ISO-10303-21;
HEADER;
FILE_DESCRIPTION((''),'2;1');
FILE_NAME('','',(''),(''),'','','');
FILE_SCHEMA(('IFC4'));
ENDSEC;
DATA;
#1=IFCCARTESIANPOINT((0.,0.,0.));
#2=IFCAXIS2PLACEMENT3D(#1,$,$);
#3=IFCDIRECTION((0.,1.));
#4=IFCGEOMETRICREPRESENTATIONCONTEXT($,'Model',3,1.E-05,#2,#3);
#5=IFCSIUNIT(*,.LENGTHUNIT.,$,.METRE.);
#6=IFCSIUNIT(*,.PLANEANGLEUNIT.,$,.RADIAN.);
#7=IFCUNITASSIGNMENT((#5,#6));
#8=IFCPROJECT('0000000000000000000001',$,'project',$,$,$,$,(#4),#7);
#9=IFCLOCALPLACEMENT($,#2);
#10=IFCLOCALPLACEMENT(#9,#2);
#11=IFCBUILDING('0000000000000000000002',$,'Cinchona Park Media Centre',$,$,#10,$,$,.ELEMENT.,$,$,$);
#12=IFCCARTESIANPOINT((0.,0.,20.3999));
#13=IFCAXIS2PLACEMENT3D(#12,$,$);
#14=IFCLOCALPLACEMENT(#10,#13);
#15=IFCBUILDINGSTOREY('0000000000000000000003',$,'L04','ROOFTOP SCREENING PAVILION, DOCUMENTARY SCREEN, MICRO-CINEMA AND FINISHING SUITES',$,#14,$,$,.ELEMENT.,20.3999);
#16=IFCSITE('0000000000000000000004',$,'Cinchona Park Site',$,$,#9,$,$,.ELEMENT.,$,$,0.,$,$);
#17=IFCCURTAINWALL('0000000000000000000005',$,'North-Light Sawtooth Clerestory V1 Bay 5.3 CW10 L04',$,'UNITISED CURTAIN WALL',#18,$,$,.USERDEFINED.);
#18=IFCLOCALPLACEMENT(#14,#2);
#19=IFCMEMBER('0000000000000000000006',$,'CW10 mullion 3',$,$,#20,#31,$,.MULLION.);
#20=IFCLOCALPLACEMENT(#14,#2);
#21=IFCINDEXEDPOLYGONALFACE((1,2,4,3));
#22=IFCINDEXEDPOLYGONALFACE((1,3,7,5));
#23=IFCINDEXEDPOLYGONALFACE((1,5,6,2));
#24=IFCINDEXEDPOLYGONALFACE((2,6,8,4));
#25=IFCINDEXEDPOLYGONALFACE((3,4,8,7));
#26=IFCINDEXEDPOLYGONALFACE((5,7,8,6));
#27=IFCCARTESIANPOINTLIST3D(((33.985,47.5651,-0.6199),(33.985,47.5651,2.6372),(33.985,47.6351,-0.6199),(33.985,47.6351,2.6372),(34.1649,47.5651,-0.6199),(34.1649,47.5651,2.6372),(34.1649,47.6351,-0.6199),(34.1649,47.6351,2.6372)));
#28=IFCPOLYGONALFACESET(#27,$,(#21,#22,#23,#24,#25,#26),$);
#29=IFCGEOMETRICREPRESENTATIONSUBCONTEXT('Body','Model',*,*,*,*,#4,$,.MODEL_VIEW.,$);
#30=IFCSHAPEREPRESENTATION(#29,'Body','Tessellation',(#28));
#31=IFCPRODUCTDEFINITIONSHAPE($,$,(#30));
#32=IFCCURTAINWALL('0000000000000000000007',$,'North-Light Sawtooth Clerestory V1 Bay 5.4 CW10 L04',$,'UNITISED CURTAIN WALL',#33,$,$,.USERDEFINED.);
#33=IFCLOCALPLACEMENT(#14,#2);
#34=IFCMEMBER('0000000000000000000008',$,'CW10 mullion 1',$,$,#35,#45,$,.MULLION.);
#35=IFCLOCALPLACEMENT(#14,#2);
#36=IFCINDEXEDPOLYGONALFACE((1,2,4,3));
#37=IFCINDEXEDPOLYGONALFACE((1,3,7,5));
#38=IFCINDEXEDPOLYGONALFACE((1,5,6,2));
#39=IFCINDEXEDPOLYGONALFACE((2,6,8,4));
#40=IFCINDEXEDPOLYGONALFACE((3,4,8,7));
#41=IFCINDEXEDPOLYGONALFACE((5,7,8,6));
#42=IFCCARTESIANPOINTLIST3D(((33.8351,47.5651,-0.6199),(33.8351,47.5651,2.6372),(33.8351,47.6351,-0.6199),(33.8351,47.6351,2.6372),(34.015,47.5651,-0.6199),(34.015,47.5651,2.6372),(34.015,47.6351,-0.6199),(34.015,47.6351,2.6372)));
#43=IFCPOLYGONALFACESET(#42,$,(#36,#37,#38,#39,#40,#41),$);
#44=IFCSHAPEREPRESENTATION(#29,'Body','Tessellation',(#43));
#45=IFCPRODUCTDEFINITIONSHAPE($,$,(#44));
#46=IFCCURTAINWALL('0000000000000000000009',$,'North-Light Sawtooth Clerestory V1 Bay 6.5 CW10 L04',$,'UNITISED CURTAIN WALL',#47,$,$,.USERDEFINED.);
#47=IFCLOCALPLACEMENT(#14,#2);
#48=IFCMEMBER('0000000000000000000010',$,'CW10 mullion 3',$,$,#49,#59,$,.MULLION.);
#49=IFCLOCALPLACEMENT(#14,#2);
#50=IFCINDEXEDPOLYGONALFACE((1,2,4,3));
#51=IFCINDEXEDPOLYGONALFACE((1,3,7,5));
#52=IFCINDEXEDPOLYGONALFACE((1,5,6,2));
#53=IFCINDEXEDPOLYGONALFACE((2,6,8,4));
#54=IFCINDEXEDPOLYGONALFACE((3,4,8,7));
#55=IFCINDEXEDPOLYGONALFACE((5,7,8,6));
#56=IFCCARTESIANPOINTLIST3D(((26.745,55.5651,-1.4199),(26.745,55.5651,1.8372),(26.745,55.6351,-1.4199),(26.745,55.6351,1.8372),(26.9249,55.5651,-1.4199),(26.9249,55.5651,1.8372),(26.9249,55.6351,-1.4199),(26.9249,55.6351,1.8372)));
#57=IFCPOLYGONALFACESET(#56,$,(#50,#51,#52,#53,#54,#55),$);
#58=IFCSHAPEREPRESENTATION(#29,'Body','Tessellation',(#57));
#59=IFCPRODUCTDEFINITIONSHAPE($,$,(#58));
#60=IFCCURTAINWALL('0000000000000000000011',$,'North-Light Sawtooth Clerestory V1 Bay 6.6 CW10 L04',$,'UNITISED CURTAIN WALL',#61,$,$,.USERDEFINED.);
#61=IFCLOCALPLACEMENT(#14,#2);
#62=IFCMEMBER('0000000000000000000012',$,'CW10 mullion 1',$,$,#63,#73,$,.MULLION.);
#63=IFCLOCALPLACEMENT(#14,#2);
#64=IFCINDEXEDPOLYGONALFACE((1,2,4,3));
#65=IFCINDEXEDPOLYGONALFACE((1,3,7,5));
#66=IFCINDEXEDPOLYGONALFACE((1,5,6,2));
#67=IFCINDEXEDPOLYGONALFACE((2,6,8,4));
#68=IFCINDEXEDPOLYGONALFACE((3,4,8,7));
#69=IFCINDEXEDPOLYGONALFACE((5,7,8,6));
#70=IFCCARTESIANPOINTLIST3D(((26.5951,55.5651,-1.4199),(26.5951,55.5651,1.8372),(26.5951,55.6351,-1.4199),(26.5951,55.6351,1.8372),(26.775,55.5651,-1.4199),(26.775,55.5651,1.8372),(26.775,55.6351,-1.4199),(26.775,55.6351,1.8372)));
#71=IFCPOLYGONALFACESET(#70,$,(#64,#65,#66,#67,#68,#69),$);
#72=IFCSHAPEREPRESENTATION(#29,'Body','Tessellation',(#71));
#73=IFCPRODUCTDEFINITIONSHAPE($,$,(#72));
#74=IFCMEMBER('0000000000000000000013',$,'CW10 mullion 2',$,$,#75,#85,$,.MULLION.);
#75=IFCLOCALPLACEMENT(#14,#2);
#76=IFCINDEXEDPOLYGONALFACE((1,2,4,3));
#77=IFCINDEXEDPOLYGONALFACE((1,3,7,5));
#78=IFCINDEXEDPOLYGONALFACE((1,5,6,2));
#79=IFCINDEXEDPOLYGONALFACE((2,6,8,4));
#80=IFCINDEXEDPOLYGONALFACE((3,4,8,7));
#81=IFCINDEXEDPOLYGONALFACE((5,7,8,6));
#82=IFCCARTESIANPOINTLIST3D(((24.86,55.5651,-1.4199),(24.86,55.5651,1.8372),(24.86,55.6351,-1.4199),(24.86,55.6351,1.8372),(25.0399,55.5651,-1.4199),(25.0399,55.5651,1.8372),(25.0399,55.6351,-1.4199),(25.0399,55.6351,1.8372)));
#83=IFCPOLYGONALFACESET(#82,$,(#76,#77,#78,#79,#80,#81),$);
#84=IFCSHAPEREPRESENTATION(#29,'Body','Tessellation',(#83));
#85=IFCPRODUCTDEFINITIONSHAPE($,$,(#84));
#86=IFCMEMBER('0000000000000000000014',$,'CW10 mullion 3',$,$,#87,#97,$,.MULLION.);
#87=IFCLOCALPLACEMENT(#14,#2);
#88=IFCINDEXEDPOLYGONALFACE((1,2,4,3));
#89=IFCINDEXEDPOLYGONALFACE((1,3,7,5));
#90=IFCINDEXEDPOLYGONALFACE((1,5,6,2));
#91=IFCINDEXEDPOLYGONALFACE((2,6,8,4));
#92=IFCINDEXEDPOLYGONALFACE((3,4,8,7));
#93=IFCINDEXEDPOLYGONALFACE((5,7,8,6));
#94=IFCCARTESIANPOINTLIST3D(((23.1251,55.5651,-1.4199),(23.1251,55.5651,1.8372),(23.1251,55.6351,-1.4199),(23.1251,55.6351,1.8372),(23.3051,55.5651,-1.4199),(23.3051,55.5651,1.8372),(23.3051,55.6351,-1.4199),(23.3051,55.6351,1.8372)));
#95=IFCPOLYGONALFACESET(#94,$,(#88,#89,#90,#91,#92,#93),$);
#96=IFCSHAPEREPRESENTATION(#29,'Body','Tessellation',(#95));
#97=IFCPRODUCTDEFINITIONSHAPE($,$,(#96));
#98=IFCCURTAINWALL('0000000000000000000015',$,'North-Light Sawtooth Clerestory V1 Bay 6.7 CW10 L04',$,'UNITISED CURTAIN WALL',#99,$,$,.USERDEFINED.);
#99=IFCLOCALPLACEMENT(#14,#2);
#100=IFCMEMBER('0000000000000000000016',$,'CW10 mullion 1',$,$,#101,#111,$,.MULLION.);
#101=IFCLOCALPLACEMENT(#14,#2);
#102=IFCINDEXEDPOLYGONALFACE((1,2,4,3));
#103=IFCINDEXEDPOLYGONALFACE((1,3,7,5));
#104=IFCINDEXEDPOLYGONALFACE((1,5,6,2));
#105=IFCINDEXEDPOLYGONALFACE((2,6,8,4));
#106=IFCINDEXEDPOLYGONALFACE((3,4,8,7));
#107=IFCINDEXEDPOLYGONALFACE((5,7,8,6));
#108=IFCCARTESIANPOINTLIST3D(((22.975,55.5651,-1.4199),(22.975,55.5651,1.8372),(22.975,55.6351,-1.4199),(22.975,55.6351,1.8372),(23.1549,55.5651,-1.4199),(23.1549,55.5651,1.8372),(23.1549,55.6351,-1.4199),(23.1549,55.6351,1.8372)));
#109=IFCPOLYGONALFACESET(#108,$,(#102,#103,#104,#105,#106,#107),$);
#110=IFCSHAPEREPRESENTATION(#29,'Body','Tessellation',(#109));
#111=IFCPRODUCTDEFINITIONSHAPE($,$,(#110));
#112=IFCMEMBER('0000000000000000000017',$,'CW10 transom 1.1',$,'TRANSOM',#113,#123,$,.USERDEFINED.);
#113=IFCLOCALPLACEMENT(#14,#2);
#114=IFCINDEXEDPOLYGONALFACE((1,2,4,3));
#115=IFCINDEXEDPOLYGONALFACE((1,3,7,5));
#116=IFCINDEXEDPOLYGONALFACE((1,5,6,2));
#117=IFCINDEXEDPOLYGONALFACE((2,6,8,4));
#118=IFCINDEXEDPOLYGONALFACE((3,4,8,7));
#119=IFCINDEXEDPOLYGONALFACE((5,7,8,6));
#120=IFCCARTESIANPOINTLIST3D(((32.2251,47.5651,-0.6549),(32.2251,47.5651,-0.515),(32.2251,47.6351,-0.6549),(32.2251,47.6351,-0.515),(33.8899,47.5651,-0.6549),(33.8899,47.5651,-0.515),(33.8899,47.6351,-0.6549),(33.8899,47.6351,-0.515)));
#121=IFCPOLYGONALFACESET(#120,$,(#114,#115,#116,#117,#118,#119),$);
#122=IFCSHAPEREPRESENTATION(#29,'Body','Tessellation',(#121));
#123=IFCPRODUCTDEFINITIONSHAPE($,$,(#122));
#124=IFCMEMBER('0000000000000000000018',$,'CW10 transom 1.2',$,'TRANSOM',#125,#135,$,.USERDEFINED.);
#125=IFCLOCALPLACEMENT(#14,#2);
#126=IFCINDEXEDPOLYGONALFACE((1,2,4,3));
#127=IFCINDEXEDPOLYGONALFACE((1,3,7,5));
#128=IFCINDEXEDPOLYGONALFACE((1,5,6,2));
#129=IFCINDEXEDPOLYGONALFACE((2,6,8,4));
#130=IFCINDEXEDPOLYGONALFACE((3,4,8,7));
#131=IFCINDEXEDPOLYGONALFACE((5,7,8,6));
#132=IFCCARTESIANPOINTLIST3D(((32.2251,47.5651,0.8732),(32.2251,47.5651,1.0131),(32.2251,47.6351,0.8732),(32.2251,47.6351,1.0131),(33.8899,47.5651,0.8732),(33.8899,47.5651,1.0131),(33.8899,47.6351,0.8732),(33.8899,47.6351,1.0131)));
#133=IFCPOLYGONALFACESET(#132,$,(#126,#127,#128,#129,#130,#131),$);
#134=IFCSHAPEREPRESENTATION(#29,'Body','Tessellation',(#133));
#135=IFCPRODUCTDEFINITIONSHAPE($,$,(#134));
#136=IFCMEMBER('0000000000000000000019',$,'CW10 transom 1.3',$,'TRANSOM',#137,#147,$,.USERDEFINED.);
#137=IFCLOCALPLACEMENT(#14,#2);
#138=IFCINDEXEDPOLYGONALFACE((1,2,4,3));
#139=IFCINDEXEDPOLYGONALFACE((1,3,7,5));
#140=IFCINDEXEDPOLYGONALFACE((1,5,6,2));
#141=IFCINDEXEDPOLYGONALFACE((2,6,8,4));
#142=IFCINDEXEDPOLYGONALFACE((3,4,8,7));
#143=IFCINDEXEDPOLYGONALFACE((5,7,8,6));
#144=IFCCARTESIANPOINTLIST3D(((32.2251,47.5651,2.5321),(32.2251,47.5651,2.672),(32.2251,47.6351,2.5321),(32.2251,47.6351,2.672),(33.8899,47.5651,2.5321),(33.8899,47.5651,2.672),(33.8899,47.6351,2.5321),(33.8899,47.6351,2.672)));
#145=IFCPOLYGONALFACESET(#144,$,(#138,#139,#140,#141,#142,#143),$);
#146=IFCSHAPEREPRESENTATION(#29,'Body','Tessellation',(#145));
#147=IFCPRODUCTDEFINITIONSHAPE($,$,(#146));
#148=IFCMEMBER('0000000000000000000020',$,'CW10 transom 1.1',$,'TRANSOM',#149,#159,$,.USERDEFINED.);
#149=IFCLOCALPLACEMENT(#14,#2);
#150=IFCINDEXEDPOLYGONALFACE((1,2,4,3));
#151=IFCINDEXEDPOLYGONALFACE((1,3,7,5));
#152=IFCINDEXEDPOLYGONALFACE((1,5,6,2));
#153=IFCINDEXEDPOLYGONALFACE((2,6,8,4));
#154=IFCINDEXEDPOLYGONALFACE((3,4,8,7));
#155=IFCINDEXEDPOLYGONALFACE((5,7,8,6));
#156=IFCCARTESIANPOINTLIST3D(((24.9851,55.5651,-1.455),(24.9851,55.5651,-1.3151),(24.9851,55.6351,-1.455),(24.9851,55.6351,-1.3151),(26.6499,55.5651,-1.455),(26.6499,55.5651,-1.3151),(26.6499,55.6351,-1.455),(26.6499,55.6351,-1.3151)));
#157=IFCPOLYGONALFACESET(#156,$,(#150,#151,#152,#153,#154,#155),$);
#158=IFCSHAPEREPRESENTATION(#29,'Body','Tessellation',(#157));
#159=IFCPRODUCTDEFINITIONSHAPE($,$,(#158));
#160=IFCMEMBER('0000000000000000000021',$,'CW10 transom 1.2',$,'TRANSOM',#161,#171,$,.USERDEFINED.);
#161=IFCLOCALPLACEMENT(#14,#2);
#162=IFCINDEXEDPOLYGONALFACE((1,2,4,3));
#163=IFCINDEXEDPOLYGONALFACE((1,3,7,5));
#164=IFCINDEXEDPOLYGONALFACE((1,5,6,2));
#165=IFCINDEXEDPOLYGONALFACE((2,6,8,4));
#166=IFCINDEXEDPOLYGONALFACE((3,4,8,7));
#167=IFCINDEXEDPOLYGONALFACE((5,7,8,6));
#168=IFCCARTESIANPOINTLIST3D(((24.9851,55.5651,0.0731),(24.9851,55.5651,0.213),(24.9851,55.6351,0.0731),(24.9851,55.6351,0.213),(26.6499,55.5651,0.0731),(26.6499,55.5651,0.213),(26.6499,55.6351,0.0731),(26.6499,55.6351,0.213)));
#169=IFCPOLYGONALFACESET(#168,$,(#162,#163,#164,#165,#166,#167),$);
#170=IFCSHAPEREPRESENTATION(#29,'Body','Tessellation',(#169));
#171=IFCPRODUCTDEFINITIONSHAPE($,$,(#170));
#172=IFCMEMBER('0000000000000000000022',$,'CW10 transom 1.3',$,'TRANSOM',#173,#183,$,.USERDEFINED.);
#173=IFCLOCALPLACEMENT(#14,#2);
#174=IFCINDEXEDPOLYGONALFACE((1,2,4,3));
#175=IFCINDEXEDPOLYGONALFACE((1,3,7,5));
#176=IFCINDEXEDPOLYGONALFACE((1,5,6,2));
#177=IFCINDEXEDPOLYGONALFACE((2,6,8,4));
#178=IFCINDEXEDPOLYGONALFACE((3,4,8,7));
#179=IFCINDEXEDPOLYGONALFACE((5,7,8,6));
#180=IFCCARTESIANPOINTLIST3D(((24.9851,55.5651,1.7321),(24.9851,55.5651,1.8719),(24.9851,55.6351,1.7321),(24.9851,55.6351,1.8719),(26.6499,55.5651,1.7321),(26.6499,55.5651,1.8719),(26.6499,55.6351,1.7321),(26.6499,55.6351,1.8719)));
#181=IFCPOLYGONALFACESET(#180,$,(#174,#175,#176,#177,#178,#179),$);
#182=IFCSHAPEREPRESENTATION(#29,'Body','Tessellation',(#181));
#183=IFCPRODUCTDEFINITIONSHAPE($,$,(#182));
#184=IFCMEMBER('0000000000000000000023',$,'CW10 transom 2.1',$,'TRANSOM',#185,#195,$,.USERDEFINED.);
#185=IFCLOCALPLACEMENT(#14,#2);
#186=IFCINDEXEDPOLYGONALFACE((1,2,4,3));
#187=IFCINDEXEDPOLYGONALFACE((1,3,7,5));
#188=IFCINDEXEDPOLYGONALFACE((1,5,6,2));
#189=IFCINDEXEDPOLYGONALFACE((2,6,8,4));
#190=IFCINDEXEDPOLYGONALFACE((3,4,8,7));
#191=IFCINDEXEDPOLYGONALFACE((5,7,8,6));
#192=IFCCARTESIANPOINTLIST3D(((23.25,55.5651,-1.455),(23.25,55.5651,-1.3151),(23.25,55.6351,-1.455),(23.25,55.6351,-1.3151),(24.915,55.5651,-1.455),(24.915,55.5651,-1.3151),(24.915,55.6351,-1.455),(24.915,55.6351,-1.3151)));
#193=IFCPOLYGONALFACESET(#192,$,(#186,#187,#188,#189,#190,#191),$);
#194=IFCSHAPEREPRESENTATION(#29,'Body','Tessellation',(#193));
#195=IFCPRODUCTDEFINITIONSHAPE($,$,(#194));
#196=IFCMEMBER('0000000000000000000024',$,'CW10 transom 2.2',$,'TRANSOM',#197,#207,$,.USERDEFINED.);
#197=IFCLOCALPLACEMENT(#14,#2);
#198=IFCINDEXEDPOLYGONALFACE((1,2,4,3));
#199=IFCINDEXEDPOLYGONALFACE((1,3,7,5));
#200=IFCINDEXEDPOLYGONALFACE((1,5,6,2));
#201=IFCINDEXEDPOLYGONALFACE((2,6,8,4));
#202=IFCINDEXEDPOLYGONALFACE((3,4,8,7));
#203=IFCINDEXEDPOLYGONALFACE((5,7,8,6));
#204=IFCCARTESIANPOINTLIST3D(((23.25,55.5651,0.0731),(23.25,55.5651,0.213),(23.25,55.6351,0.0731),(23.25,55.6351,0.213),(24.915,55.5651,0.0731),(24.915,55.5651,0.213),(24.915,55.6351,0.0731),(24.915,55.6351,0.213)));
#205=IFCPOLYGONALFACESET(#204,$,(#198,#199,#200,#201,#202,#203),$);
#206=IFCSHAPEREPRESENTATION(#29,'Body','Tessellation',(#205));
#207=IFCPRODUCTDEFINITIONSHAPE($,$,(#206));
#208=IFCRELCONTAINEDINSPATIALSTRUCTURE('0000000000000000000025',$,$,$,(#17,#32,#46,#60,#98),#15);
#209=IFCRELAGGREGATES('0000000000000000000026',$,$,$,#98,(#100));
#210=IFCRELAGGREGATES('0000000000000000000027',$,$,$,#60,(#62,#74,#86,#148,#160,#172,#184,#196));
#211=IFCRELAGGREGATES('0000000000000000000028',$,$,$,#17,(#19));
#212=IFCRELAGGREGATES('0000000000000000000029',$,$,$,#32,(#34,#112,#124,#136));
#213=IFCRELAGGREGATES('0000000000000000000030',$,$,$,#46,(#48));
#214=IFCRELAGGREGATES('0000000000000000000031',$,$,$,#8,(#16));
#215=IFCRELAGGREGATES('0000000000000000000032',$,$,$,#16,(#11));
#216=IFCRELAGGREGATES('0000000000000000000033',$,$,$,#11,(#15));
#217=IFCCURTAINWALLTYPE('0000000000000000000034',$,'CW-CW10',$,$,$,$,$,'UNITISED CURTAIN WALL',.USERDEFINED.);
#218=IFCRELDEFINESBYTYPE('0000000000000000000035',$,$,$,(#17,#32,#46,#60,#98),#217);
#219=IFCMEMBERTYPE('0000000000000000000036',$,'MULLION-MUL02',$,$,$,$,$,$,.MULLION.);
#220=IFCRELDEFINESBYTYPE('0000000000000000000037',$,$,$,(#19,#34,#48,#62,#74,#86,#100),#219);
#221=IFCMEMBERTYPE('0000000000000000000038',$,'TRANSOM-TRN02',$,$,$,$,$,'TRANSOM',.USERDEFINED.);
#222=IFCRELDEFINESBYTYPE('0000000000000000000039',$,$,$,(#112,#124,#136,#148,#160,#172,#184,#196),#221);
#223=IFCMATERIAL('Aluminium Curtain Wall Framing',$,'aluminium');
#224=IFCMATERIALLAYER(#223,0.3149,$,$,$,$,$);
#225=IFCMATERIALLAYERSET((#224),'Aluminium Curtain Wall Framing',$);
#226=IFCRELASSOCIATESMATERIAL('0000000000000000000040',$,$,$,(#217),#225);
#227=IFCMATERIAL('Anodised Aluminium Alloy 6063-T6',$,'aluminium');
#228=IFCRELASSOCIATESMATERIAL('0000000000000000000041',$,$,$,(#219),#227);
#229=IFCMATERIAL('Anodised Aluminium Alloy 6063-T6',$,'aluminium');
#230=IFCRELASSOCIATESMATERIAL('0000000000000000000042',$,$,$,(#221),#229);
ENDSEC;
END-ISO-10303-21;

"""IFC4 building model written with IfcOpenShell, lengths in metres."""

from ifc_helpers import new_model, si_unit, direction, frame, origin, origin_2d, place, context, subcontext, project, spatial, rectangle, extrude, material, layer, layer_set, material_profile, profile_set, type_object, element, aggregate, save


model = new_model("IFC4")

# Units and contexts
model_context = context("Model", 3, precision=1e-05, world=origin(), true_north=direction((0.0, 1.0)))
body_context = subcontext(model_context, "Body", "Model", "MODEL_VIEW")
ifc_project = project(units=[si_unit("LENGTHUNIT", "METRE"), si_unit("PLANEANGLEUNIT", "RADIAN")], contexts=[model_context])

# Site, building, storey
site_placement = place(None, origin())
site = spatial("IfcSite", under=ifc_project, at=site_placement, Name="Cinchona Park Site", CompositionType="ELEMENT", RefElevation=0.0)
building_placement = place(site_placement, origin())
building = spatial("IfcBuilding", under=site, at=building_placement, Name="Cinchona Park Media Centre", CompositionType="ELEMENT")
storey_placement = place(building_placement, frame((0.0, 0.0, 20.3999)))
storey = spatial("IfcBuildingStorey", under=building, at=storey_placement, Name="L04", Description="ROOFTOP SCREENING PAVILION, DOCUMENTARY SCREEN, MICRO-CINEMA AND FINISHING SUITES", CompositionType="ELEMENT", Elevation=20.3999)

# Curtain walls, members
ifc_material_1 = material(Name="Aluminium Curtain Wall Framing", Category="aluminium")
ifc_layer_1 = layer(ifc_material_1, 0.3149)
ifc_layer_set_1 = layer_set([ifc_layer_1], Name="Aluminium Curtain Wall Framing")
curtain_wall_type = type_object("IfcCurtainWallType", Name="CW-CW10", ElementType="UNITISED CURTAIN WALL", PredefinedType="USERDEFINED", material=ifc_layer_set_1)
curtain_wall_1_placement = place(storey_placement, origin())
curtain_wall_1 = element("IfcCurtainWall", 1, at=curtain_wall_1_placement, inside=storey, type_object=curtain_wall_type, Name="North-Light Sawtooth Clerestory V1 Bay 5.3 CW10 L04", ObjectType="UNITISED CURTAIN WALL", PredefinedType="USERDEFINED")
ifc_material_2 = material(Name="Anodised Aluminium Alloy 6063-T6", Category="aluminium")
ifc_material_profile_1 = material_profile(ifc_material_2, rectangle(XDim=0.0701, YDim=0.1799, at=origin_2d()), Name="MUL-70X180")
ifc_profile_set_1 = profile_set([ifc_material_profile_1], Name="Anodised Aluminium Alloy 6063-T6")
member_type_1 = type_object("IfcMemberType", Name="MULLION-MUL02", PredefinedType="MULLION", material=ifc_profile_set_1)
member_1_placement = place(storey_placement, frame((34.075, 47.6001, -0.6199), z_axis=(0.0, 0.0, 1.0), x_axis=(0.0, -1.0, 0.0)))
member_1 = element("IfcMember", 2, at=member_1_placement, type_object=member_type_1, Name="CW10 mullion 3", PredefinedType="MULLION", context=body_context, shape_type="SweptSolid", body=[
    extrude(rectangle(XDim=0.0701, YDim=0.1799, at=origin_2d()), origin(), (0.0, 0.0, 1.0), 3.2571),
])
curtain_wall_2_placement = place(storey_placement, origin())
curtain_wall_2 = element("IfcCurtainWall", 3, at=curtain_wall_2_placement, inside=storey, type_object=curtain_wall_type, Name="North-Light Sawtooth Clerestory V1 Bay 5.4 CW10 L04", ObjectType="UNITISED CURTAIN WALL", PredefinedType="USERDEFINED")
member_2_placement = place(storey_placement, frame((33.925, 47.6001, -0.6199), z_axis=(0.0, 0.0, 1.0), x_axis=(0.0, -1.0, 0.0)))
member_2 = element("IfcMember", 4, at=member_2_placement, type_object=member_type_1, Name="CW10 mullion 1", PredefinedType="MULLION", context=body_context, shape_type="SweptSolid", body=[
    extrude(rectangle(XDim=0.0701, YDim=0.1799, at=origin_2d()), origin(), (0.0, 0.0, 1.0), 3.2571),
])
curtain_wall_3_placement = place(storey_placement, origin())
curtain_wall_3 = element("IfcCurtainWall", 5, at=curtain_wall_3_placement, inside=storey, type_object=curtain_wall_type, Name="North-Light Sawtooth Clerestory V1 Bay 6.5 CW10 L04", ObjectType="UNITISED CURTAIN WALL", PredefinedType="USERDEFINED")
member_3_placement = place(storey_placement, frame((26.835, 55.6001, -1.4199), z_axis=(0.0, 0.0, 1.0), x_axis=(0.0, -1.0, 0.0)))
member_3 = element("IfcMember", 6, at=member_3_placement, type_object=member_type_1, Name="CW10 mullion 3", PredefinedType="MULLION", context=body_context, shape_type="SweptSolid", body=[
    extrude(rectangle(XDim=0.0701, YDim=0.1799, at=origin_2d()), origin(), (0.0, 0.0, 1.0), 3.2571),
])

# Curtain wall, members
curtain_wall_4_placement = place(storey_placement, origin())
curtain_wall_4 = element("IfcCurtainWall", 7, at=curtain_wall_4_placement, inside=storey, type_object=curtain_wall_type, Name="North-Light Sawtooth Clerestory V1 Bay 6.6 CW10 L04", ObjectType="UNITISED CURTAIN WALL", PredefinedType="USERDEFINED")
member_4_placement = place(storey_placement, frame((26.6851, 55.6001, -1.4199), z_axis=(0.0, 0.0, 1.0), x_axis=(0.0, -1.0, 0.0)))
member_4 = element("IfcMember", 8, at=member_4_placement, type_object=member_type_1, Name="CW10 mullion 1", PredefinedType="MULLION", context=body_context, shape_type="SweptSolid", body=[
    extrude(rectangle(XDim=0.0701, YDim=0.1799, at=origin_2d()), origin(), (0.0, 0.0, 1.0), 3.2571),
])
member_5_placement = place(storey_placement, frame((24.95, 55.6001, -1.4199), z_axis=(0.0, 0.0, 1.0), x_axis=(0.0, -1.0, 0.0)))
member_5 = element("IfcMember", 9, at=member_5_placement, type_object=member_type_1, Name="CW10 mullion 2", PredefinedType="MULLION", context=body_context, shape_type="SweptSolid", body=[
    extrude(rectangle(XDim=0.0701, YDim=0.1799, at=origin_2d()), origin(), (0.0, 0.0, 1.0), 3.2571),
])
member_6_placement = place(storey_placement, frame((23.2151, 55.6001, -1.4199), z_axis=(0.0, 0.0, 1.0), x_axis=(0.0, -1.0, 0.0)))
member_6 = element("IfcMember", 10, at=member_6_placement, type_object=member_type_1, Name="CW10 mullion 3", PredefinedType="MULLION", context=body_context, shape_type="SweptSolid", body=[
    extrude(rectangle(XDim=0.0701, YDim=0.1799, at=origin_2d()), origin(), (0.0, 0.0, 1.0), 3.2571),
])

# Curtain wall, member
curtain_wall_5_placement = place(storey_placement, origin())
curtain_wall_5 = element("IfcCurtainWall", 11, at=curtain_wall_5_placement, inside=storey, type_object=curtain_wall_type, Name="North-Light Sawtooth Clerestory V1 Bay 6.7 CW10 L04", ObjectType="UNITISED CURTAIN WALL", PredefinedType="USERDEFINED")
member_7_placement = place(storey_placement, frame((23.0649, 55.6001, -1.4199), z_axis=(0.0, 0.0, 1.0), x_axis=(0.0, -1.0, 0.0)))
member_7 = element("IfcMember", 12, at=member_7_placement, type_object=member_type_1, Name="CW10 mullion 1", PredefinedType="MULLION", context=body_context, shape_type="SweptSolid", body=[
    extrude(rectangle(XDim=0.0701, YDim=0.1799, at=origin_2d()), origin(), (0.0, 0.0, 1.0), 3.2571),
])

# Members
ifc_material_3 = material(Name="Anodised Aluminium Alloy 6063-T6", Category="aluminium")
ifc_material_profile_2 = material_profile(ifc_material_3, rectangle(XDim=0.0701, YDim=0.1399, at=origin_2d()), Name="TRN-70X140")
ifc_profile_set_2 = profile_set([ifc_material_profile_2], Name="Anodised Aluminium Alloy 6063-T6")
member_type_2 = type_object("IfcMemberType", Name="TRANSOM-TRN02", ElementType="TRANSOM", PredefinedType="USERDEFINED", material=ifc_profile_set_2)
member_8_placement = place(storey_placement, frame((33.8899, 47.6001, -0.585), z_axis=(-1.0, 0.0, 0.0), x_axis=(0.0, -1.0, 0.0)))
member_8 = element("IfcMember", 13, at=member_8_placement, type_object=member_type_2, Name="CW10 transom 1.1", ObjectType="TRANSOM", PredefinedType="USERDEFINED", context=body_context, shape_type="SweptSolid", body=[
    extrude(rectangle(XDim=0.0701, YDim=0.1399, at=origin_2d()), origin(), (0.0, 0.0, 1.0), 1.6648),
])
member_9_placement = place(storey_placement, frame((33.8899, 47.6001, 0.9431), z_axis=(-1.0, 0.0, 0.0), x_axis=(0.0, -1.0, 0.0)))
member_9 = element("IfcMember", 14, at=member_9_placement, type_object=member_type_2, Name="CW10 transom 1.2", ObjectType="TRANSOM", PredefinedType="USERDEFINED", context=body_context, shape_type="SweptSolid", body=[
    extrude(rectangle(XDim=0.0701, YDim=0.1399, at=origin_2d()), origin(), (0.0, 0.0, 1.0), 1.6648),
])
member_10_placement = place(storey_placement, frame((33.8899, 47.6001, 2.6021), z_axis=(-1.0, 0.0, 0.0), x_axis=(0.0, -1.0, 0.0)))
member_10 = element("IfcMember", 15, at=member_10_placement, type_object=member_type_2, Name="CW10 transom 1.3", ObjectType="TRANSOM", PredefinedType="USERDEFINED", context=body_context, shape_type="SweptSolid", body=[
    extrude(rectangle(XDim=0.0701, YDim=0.1399, at=origin_2d()), origin(), (0.0, 0.0, 1.0), 1.6648),
])
member_11_placement = place(storey_placement, frame((26.6499, 55.6001, -1.385), z_axis=(-1.0, 0.0, 0.0), x_axis=(0.0, -1.0, 0.0)))
member_11 = element("IfcMember", 16, at=member_11_placement, type_object=member_type_2, Name="CW10 transom 1.1", ObjectType="TRANSOM", PredefinedType="USERDEFINED", context=body_context, shape_type="SweptSolid", body=[
    extrude(rectangle(XDim=0.0701, YDim=0.1399, at=origin_2d()), origin(), (0.0, 0.0, 1.0), 1.6648),
])
member_12_placement = place(storey_placement, frame((26.6499, 55.6001, 0.1431), z_axis=(-1.0, 0.0, 0.0), x_axis=(0.0, -1.0, 0.0)))
member_12 = element("IfcMember", 17, at=member_12_placement, type_object=member_type_2, Name="CW10 transom 1.2", ObjectType="TRANSOM", PredefinedType="USERDEFINED", context=body_context, shape_type="SweptSolid", body=[
    extrude(rectangle(XDim=0.0701, YDim=0.1399, at=origin_2d()), origin(), (0.0, 0.0, 1.0), 1.6648),
])
member_13_placement = place(storey_placement, frame((26.6499, 55.6001, 1.802), z_axis=(-1.0, 0.0, 0.0), x_axis=(0.0, -1.0, 0.0)))
member_13 = element("IfcMember", 18, at=member_13_placement, type_object=member_type_2, Name="CW10 transom 1.3", ObjectType="TRANSOM", PredefinedType="USERDEFINED", context=body_context, shape_type="SweptSolid", body=[
    extrude(rectangle(XDim=0.0701, YDim=0.1399, at=origin_2d()), origin(), (0.0, 0.0, 1.0), 1.6648),
])
member_14_placement = place(storey_placement, frame((24.915, 55.6001, -1.385), z_axis=(-1.0, 0.0, 0.0), x_axis=(0.0, -1.0, 0.0)))
member_14 = element("IfcMember", 19, at=member_14_placement, type_object=member_type_2, Name="CW10 transom 2.1", ObjectType="TRANSOM", PredefinedType="USERDEFINED", context=body_context, shape_type="SweptSolid", body=[
    extrude(rectangle(XDim=0.0701, YDim=0.1399, at=origin_2d()), origin(), (0.0, 0.0, 1.0), 1.665),
])
member_15_placement = place(storey_placement, frame((24.915, 55.6001, 0.1431), z_axis=(-1.0, 0.0, 0.0), x_axis=(0.0, -1.0, 0.0)))
member_15 = element("IfcMember", 20, at=member_15_placement, type_object=member_type_2, Name="CW10 transom 2.2", ObjectType="TRANSOM", PredefinedType="USERDEFINED", context=body_context, shape_type="SweptSolid", body=[
    extrude(rectangle(XDim=0.0701, YDim=0.1399, at=origin_2d()), origin(), (0.0, 0.0, 1.0), 1.665),
])
aggregate(curtain_wall_5, [member_7])

aggregate(curtain_wall_4, [member_4, member_5, member_6, member_11, member_12, member_13, member_14, member_15])
aggregate(curtain_wall_1, [member_1])
aggregate(curtain_wall_2, [member_2, member_8, member_9, member_10])
aggregate(curtain_wall_3, [member_3])

save(model, "model.ifc")
